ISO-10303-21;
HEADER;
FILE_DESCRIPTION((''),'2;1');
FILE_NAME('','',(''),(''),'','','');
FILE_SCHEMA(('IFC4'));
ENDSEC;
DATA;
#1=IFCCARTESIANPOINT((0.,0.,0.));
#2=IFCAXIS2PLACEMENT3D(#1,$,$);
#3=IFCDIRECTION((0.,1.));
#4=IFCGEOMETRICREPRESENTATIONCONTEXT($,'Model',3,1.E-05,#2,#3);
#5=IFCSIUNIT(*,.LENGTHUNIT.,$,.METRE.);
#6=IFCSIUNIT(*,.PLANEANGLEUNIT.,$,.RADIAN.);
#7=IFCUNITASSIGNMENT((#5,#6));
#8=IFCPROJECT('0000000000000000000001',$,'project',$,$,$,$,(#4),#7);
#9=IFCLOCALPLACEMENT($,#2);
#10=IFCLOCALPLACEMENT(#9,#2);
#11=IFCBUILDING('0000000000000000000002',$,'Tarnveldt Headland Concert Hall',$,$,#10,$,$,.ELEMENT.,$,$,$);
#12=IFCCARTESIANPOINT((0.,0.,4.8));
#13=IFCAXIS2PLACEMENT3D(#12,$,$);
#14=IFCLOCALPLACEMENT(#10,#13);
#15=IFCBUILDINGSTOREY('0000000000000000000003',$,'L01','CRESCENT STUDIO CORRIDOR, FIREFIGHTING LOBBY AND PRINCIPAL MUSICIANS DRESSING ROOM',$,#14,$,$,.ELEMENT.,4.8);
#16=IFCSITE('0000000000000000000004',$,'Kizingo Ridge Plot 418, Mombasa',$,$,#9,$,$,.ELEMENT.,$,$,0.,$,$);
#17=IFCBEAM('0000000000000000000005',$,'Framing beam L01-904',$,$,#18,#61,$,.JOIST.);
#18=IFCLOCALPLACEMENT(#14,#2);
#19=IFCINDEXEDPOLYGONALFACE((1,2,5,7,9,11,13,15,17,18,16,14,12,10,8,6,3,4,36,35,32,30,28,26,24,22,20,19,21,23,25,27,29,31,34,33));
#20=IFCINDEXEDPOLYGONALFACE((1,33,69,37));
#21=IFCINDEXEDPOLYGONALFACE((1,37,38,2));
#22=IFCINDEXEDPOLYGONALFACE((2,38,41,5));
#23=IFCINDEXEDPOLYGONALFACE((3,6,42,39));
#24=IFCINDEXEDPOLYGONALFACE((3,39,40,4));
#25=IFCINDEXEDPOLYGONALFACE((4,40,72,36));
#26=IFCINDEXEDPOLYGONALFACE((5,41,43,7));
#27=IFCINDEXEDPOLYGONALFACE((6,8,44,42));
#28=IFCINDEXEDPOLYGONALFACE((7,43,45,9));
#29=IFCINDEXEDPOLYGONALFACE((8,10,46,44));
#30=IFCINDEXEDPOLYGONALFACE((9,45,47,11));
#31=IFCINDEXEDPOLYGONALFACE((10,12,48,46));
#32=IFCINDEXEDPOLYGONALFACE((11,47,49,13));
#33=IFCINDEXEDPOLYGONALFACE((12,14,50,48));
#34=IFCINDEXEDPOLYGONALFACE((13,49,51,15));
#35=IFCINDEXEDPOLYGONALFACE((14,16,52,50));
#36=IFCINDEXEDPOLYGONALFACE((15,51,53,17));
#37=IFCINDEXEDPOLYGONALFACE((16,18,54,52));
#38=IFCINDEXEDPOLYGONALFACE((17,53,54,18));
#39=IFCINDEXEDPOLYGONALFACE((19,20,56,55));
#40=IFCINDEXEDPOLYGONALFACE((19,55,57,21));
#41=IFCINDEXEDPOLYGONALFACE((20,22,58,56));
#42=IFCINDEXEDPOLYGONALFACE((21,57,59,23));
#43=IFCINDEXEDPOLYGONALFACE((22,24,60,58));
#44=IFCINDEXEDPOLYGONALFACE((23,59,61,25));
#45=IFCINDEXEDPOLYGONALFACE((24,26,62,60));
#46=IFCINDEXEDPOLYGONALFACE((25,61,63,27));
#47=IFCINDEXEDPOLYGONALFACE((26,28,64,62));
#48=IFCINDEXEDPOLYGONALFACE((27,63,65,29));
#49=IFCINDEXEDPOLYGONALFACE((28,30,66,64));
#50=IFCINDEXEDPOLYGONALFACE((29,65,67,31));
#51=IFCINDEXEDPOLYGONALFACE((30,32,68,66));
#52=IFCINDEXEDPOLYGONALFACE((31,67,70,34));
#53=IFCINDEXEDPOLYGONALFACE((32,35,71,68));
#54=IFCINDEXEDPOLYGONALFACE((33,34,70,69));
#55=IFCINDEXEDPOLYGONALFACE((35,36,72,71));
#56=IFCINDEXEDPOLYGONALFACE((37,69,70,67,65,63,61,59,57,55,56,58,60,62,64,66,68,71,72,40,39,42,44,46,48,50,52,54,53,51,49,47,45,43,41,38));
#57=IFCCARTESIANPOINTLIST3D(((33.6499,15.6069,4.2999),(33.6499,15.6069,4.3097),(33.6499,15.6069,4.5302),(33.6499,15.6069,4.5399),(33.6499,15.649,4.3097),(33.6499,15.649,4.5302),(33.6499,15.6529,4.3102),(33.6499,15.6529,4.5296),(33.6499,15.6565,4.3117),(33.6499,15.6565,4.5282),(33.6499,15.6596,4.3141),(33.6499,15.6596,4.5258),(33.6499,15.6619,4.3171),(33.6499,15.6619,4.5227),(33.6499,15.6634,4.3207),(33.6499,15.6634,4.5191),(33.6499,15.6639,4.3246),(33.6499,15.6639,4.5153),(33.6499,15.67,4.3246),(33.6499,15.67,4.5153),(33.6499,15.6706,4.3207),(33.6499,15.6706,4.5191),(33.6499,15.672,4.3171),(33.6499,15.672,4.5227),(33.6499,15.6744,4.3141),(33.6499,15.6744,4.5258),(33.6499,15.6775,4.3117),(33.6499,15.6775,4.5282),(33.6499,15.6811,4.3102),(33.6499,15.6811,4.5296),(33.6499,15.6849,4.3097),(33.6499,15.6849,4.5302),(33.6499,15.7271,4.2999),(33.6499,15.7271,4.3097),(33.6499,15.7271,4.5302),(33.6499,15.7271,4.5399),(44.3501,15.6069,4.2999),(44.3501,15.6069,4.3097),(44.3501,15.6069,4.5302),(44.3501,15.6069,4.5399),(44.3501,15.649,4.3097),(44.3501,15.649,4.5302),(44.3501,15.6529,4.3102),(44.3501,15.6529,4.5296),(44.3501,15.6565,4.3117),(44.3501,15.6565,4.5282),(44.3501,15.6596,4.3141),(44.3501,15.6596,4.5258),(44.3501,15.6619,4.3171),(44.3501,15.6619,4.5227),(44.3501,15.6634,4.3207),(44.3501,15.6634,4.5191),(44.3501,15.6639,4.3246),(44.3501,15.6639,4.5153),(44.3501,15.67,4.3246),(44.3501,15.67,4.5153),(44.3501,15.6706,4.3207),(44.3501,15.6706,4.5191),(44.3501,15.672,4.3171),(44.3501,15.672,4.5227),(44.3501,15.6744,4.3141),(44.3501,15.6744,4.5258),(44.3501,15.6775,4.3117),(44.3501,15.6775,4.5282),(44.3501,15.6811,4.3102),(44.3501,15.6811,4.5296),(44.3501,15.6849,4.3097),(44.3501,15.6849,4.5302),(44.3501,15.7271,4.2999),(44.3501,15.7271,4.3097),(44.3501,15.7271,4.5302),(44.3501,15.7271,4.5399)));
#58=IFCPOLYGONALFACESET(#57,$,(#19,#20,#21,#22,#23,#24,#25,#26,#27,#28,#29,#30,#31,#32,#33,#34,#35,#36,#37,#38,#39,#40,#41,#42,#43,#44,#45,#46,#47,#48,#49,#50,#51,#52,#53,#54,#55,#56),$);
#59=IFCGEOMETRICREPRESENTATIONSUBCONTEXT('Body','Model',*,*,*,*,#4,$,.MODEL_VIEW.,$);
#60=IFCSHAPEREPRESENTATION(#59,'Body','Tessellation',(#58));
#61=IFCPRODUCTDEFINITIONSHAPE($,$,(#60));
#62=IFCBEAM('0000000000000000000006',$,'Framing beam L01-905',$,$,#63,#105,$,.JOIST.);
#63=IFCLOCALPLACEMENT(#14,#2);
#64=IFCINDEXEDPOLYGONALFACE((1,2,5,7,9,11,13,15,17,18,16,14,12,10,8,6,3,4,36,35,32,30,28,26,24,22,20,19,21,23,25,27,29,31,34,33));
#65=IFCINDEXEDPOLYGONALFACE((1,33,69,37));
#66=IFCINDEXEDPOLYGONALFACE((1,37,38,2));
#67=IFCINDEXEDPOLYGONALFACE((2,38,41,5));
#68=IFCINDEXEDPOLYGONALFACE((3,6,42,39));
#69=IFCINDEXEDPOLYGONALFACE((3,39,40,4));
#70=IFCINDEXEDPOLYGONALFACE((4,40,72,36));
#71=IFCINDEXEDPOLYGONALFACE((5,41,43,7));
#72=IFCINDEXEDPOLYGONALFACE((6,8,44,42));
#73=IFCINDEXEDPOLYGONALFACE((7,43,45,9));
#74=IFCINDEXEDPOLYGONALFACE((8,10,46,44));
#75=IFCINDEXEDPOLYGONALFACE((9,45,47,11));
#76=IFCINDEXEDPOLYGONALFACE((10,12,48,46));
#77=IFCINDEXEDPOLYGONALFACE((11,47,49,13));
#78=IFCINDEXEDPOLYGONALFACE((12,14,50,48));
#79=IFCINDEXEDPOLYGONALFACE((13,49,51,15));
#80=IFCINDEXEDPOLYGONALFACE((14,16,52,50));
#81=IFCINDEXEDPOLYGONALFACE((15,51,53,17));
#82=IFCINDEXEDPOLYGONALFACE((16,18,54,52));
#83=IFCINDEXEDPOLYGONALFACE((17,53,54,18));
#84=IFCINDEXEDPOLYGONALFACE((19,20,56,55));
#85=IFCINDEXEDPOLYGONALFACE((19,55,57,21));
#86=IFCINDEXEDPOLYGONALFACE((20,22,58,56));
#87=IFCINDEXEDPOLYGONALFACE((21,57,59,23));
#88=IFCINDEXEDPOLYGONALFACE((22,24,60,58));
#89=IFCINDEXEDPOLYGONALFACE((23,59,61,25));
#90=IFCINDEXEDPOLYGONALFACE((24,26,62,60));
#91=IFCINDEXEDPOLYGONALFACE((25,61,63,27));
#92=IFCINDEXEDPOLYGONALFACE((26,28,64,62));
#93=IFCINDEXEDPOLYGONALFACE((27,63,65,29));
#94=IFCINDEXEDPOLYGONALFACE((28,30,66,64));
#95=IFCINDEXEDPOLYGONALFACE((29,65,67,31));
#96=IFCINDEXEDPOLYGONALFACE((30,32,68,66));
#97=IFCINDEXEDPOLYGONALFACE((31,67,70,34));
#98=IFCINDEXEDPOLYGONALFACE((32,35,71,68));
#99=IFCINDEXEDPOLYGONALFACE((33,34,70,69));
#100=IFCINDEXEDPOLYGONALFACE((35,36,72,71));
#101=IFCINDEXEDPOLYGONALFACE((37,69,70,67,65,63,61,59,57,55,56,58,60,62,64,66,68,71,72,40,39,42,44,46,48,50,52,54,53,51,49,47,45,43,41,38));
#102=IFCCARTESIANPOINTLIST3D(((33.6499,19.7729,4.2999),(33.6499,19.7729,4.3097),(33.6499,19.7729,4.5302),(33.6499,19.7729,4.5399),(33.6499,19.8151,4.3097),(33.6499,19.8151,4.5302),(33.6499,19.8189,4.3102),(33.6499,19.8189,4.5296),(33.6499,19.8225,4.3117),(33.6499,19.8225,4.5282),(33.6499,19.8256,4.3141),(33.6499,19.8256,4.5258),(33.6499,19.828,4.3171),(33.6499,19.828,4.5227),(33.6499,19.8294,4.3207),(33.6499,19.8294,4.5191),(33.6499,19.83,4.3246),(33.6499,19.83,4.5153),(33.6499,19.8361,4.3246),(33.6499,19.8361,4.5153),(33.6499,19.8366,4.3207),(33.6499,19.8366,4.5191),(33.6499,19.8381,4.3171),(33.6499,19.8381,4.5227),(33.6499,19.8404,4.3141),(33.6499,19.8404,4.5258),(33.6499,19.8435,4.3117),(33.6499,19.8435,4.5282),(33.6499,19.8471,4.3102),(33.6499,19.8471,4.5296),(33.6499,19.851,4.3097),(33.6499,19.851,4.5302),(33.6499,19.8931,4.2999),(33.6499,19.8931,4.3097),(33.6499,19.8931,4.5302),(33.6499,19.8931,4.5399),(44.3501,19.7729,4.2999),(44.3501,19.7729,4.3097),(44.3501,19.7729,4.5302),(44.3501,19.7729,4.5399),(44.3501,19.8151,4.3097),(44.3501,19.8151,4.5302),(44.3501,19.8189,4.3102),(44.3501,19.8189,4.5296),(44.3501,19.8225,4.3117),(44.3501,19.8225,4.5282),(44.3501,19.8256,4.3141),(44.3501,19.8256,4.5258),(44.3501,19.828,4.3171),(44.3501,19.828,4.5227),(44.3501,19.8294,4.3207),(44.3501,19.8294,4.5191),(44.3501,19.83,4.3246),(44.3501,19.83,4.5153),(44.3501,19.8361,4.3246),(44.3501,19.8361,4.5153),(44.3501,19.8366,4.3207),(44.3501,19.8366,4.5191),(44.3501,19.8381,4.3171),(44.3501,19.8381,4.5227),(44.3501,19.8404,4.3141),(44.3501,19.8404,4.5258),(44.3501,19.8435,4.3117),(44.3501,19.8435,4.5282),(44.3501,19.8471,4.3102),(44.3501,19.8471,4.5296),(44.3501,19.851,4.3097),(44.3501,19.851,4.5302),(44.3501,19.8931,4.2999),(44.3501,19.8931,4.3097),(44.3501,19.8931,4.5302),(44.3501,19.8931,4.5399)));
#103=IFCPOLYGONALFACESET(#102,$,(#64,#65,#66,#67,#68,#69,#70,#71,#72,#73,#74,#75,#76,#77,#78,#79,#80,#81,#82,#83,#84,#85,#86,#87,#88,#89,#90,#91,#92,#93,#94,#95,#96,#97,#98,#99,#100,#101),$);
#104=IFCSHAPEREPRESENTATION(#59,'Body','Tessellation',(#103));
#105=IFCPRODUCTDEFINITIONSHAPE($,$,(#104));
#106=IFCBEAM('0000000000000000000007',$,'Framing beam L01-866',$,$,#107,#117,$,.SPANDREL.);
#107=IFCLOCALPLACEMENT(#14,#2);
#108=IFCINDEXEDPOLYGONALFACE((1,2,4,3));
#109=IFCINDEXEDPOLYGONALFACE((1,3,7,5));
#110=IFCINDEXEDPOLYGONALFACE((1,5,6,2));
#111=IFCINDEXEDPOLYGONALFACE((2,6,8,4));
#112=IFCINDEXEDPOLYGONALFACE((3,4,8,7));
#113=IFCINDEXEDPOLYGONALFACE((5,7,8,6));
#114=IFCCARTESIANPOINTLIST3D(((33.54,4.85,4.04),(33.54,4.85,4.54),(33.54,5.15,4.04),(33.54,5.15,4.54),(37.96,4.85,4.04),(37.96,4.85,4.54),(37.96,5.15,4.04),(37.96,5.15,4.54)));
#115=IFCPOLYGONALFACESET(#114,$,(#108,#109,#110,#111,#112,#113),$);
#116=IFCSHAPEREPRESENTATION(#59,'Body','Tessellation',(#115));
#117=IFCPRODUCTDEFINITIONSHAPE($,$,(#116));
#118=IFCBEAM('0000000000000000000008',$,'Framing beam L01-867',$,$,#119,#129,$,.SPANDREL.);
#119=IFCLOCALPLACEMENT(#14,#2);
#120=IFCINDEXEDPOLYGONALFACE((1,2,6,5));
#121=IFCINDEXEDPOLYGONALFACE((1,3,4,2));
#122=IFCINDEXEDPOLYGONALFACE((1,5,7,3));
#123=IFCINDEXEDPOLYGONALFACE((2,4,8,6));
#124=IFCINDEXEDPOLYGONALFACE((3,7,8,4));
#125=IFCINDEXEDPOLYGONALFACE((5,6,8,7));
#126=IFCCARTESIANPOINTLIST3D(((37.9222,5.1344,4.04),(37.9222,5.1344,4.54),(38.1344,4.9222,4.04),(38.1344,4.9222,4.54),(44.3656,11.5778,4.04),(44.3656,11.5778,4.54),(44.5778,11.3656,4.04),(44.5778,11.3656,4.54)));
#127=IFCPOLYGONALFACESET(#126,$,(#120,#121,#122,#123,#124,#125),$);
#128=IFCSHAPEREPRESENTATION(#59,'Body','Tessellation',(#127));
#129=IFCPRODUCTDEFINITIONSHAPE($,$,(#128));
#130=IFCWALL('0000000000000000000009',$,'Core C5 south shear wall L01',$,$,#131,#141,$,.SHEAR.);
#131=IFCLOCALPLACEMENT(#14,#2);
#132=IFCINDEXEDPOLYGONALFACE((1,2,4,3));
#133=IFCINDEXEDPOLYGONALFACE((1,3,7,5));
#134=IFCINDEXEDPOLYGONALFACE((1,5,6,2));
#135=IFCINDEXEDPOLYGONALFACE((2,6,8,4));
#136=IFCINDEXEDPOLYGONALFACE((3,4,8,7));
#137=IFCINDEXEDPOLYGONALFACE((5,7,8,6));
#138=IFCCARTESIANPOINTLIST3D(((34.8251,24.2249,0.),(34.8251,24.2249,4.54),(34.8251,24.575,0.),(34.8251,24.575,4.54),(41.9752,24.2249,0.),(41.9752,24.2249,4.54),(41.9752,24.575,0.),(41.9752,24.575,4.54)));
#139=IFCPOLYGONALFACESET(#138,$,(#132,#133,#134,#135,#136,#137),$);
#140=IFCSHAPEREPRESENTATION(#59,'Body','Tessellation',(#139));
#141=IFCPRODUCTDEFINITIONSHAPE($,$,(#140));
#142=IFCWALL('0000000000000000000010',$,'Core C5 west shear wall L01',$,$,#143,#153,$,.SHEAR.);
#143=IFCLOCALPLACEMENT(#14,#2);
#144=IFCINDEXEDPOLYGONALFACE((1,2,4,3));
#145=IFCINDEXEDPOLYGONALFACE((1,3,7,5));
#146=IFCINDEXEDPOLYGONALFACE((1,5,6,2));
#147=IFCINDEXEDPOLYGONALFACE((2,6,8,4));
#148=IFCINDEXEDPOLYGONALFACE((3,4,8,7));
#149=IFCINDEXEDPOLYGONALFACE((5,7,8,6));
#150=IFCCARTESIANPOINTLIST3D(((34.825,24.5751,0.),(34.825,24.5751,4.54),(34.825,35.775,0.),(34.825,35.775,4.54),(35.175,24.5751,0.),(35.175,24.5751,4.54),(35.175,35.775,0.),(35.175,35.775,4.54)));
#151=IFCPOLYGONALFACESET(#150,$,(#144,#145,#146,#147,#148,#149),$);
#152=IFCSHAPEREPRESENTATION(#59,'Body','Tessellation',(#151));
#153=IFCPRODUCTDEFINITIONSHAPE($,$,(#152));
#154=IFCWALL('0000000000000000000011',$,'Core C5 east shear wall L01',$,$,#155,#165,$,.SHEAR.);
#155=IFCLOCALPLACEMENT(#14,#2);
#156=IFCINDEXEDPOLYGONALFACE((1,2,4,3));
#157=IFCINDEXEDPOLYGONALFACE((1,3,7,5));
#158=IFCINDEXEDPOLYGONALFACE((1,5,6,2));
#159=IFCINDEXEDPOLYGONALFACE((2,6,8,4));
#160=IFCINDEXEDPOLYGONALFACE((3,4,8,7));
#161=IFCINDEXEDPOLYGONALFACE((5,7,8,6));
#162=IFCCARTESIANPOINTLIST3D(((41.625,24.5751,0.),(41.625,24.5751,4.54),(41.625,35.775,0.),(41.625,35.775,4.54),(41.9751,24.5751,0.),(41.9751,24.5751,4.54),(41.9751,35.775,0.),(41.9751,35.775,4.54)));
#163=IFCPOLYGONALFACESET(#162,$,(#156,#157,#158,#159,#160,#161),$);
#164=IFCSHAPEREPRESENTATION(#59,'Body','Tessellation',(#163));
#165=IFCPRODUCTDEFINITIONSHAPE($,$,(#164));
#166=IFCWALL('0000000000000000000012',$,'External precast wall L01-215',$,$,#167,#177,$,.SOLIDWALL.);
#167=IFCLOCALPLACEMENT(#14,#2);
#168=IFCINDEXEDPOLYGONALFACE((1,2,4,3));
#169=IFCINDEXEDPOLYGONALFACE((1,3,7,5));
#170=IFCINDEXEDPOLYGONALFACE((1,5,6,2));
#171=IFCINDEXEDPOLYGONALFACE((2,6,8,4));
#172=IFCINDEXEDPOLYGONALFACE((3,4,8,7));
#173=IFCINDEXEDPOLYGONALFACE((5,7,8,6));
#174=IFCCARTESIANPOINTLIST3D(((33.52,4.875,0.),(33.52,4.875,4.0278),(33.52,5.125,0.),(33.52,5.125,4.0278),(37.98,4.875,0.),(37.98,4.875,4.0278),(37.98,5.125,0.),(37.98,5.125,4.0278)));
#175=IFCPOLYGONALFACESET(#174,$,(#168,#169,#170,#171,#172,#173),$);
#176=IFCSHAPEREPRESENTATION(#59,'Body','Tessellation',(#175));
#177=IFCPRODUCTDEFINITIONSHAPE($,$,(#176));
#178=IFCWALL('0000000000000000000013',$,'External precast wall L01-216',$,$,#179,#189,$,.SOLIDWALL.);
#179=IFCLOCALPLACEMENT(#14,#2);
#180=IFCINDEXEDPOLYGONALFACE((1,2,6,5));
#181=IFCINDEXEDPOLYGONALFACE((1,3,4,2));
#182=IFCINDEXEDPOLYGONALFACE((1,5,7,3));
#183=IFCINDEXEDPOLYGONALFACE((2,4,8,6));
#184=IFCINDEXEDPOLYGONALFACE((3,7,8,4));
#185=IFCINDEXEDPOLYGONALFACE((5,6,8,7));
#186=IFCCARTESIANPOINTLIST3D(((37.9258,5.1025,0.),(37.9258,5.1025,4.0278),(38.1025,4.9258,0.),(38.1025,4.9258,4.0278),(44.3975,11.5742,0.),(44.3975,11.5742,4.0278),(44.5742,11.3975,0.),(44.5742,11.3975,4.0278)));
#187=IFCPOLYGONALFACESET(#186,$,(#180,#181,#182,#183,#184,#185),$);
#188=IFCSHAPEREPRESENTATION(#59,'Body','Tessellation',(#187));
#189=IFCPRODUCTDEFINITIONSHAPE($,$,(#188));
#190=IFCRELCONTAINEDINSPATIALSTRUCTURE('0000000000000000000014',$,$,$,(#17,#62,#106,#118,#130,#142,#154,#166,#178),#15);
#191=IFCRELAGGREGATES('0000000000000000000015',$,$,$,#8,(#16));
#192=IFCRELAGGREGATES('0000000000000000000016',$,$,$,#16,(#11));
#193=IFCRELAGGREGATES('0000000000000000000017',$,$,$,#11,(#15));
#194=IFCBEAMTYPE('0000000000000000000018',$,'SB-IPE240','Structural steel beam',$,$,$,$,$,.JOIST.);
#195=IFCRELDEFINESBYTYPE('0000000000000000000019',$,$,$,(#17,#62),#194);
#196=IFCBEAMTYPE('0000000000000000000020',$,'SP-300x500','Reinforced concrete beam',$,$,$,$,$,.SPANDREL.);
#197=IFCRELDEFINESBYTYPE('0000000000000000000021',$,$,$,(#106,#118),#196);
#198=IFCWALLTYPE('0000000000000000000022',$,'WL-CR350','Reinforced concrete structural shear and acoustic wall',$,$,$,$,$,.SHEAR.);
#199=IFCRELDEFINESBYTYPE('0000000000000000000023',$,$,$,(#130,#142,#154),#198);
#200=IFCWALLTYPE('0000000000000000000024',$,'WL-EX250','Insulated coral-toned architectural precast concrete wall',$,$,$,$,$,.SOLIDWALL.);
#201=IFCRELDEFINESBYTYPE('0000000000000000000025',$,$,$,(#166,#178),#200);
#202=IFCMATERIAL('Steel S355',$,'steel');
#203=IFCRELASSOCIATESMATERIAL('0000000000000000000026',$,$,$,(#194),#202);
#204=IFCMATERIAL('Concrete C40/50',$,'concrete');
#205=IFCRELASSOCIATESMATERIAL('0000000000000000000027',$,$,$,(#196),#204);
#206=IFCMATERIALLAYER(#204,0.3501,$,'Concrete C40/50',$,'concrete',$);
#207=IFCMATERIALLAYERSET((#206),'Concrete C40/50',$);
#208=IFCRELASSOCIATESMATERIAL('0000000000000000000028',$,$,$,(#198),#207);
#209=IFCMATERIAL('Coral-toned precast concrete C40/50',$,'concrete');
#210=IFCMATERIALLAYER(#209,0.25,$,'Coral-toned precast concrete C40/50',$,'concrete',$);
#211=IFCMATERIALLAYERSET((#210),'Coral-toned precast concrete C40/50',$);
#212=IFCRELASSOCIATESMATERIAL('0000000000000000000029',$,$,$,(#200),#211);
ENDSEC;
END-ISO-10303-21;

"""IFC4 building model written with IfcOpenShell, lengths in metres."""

from ifc_helpers import new_model, si_unit, direction, frame, frame_2d, origin, origin_2d, place, context, subcontext, project, spatial, rectangle, i_section, extrude, material, layer, layer_set, material_profile, profile_set, type_object, element, save


model = new_model("IFC4")

# Units and contexts
model_context = context("Model", 3, precision=1e-05, world=origin(), true_north=direction((0.0, 1.0)))
body_context = subcontext(model_context, "Body", "Model", "MODEL_VIEW")
ifc_project = project(units=[si_unit("LENGTHUNIT", "METRE"), si_unit("PLANEANGLEUNIT", "RADIAN")], contexts=[model_context])

# Site, building, storey
site_placement = place(None, origin())
site = spatial("IfcSite", under=ifc_project, at=site_placement, Name="Kizingo Ridge Plot 418, Mombasa", CompositionType="ELEMENT", RefElevation=0.0)
building_placement = place(site_placement, origin())
building = spatial("IfcBuilding", under=site, at=building_placement, Name="Tarnveldt Headland Concert Hall", CompositionType="ELEMENT")
storey_placement = place(building_placement, frame((0.0, 0.0, 4.8)))
storey = spatial("IfcBuildingStorey", under=building, at=storey_placement, Name="L01", Description="CRESCENT STUDIO CORRIDOR, FIREFIGHTING LOBBY AND PRINCIPAL MUSICIANS DRESSING ROOM", CompositionType="ELEMENT", Elevation=4.8)

# Shared definitions
ifc_material_1 = material(Name="Steel S355", Category="steel")

# Beams
ifc_material_profile_1 = material_profile(ifc_material_1, i_section(OverallWidth=0.1201, OverallDepth=0.24, WebThickness=0.0061, FlangeThickness=0.0098, FilletRadius=0.0149, at=origin_2d()), Name="IPE240", Category="steel")
ifc_profile_set_1 = profile_set([ifc_material_profile_1], Name="Steel S355")
beam_type_1 = type_object("IfcBeamType", Name="SB-IPE240", Description="Structural steel beam", PredefinedType="JOIST", material=ifc_profile_set_1)
for number, where, z_axis, x_axis, name in (
    (1, (33.6499, 15.667, 4.4199), (1.0, 0.0, 0.0), (0.0, 1.0, 0.0), "Framing beam L01-904"),
    (2, (33.6499, 19.833, 4.4199), (1.0, 0.0, 0.0), (0.0, 1.0, 0.0), "Framing beam L01-905"),
):
    element("IfcBeam", number, at=place(storey_placement, frame(where, z_axis=z_axis, x_axis=x_axis)), inside=storey, type_object=beam_type_1, Name=name, PredefinedType="JOIST", context=body_context, shape_type="SweptSolid", body=[
        extrude(i_section(OverallWidth=0.1201, OverallDepth=0.24, WebThickness=0.0061, FlangeThickness=0.0098, FilletRadius=0.0149, at=origin_2d()), origin(), (0.0, 0.0, 1.0), 10.7002),
    ])
ifc_material_2 = material(Name="Concrete C40/50", Category="concrete")
ifc_material_profile_2 = material_profile(ifc_material_2, rectangle(XDim=0.3, YDim=0.5, at=origin_2d()), Name="RC SPANDREL 300x500", Category="concrete")
ifc_profile_set_2 = profile_set([ifc_material_profile_2], Name="Concrete C40/50")
beam_type_2 = type_object("IfcBeamType", Name="SP-300x500", Description="Reinforced concrete beam", PredefinedType="SPANDREL", material=ifc_profile_set_2)
beam_1_placement = place(storey_placement, frame((33.54, 5.0, 4.29), z_axis=(1.0, 0.0, 0.0), x_axis=(0.0, 1.0, 0.0)))
element("IfcBeam", 3, at=beam_1_placement, inside=storey, type_object=beam_type_2, Name="Framing beam L01-866", PredefinedType="SPANDREL", context=body_context, shape_type="SweptSolid", body=[
    extrude(rectangle(XDim=0.3, YDim=0.5, at=origin_2d()), origin(), (0.0, 0.0, 1.0), 4.4199),
])
beam_2_placement = place(storey_placement, frame((38.0283, 5.0283, 4.29), z_axis=(0.707107, 0.707107, 0.0), x_axis=(-0.707107, 0.707107, 0.0)))
element("IfcBeam", 4, at=beam_2_placement, inside=storey, type_object=beam_type_2, Name="Framing beam L01-867", PredefinedType="SPANDREL", context=body_context, shape_type="SweptSolid", body=[
    extrude(rectangle(XDim=0.3, YDim=0.5, at=origin_2d()), origin(), (0.0, 0.0, 1.0), 9.1123),
])

# Walls
ifc_layer_1 = layer(ifc_material_2, 0.3501, Name="Concrete C40/50", Category="concrete")
ifc_layer_set_1 = layer_set([ifc_layer_1], Name="Concrete C40/50")
wall_type_1 = type_object("IfcWallType", Name="WL-CR350", Description="Reinforced concrete structural shear and acoustic wall", PredefinedType="SHEAR", material=ifc_layer_set_1)
wall_1_placement = place(storey_placement, frame((34.825, 24.3999, 0.0), z_axis=(0.0, 0.0, 1.0), x_axis=(1.0, 0.0, 0.0)))
element("IfcWall", 5, at=wall_1_placement, inside=storey, type_object=wall_type_1, Name="Core C5 south shear wall L01", PredefinedType="SHEAR", context=body_context, shape_type="SweptSolid", body=[
    extrude(rectangle(XDim=7.1501, YDim=0.3501, at=frame_2d((3.5752, 0.0))), origin(), (0.0, 0.0, 1.0), 4.54),
])
for number, where, z_axis, x_axis, name in (
    (6, (35.0, 24.575, 0.0), (0.0, 0.0, 1.0), (0.0, 1.0, 0.0), "Core C5 west shear wall L01"),
    (7, (41.8, 24.575, 0.0), (0.0, 0.0, 1.0), (0.0, 1.0, 0.0), "Core C5 east shear wall L01"),
):
    element("IfcWall", number, at=place(storey_placement, frame(where, z_axis=z_axis, x_axis=x_axis)), inside=storey, type_object=wall_type_1, Name=name, PredefinedType="SHEAR", context=body_context, shape_type="SweptSolid", body=[
        extrude(rectangle(XDim=11.2, YDim=0.3501, at=frame_2d((5.6001, 0.0))), origin(), (0.0, 0.0, 1.0), 4.54),
    ])
ifc_material_3 = material(Name="Coral-toned precast concrete C40/50", Category="concrete")
ifc_layer_2 = layer(ifc_material_3, 0.25, Name="Coral-toned precast concrete C40/50", Category="concrete")
ifc_layer_set_2 = layer_set([ifc_layer_2], Name="Coral-toned precast concrete C40/50")
wall_type_2 = type_object("IfcWallType", Name="WL-EX250", Description="Insulated coral-toned architectural precast concrete wall", PredefinedType="SOLIDWALL", material=ifc_layer_set_2)
wall_2_placement = place(storey_placement, frame((37.98, 5.0, 0.0), z_axis=(0.0, 0.0, 1.0), x_axis=(-1.0, 0.0, 0.0)))
element("IfcWall", 8, at=wall_2_placement, inside=storey, type_object=wall_type_2, Name="External precast wall L01-215", PredefinedType="SOLIDWALL", context=body_context, shape_type="SweptSolid", body=[
    extrude(rectangle(XDim=4.46, YDim=0.25, at=frame_2d((2.23, 0.0))), origin(), (0.0, 0.0, 1.0), 4.0278),
])
wall_3_placement = place(storey_placement, frame((44.4858, 11.4858, 0.0), z_axis=(0.0, 0.0, 1.0), x_axis=(-0.707107, -0.707107, 0.0)))
element("IfcWall", 9, at=wall_3_placement, inside=storey, type_object=wall_type_2, Name="External precast wall L01-216", PredefinedType="SOLIDWALL", context=body_context, shape_type="SweptSolid", body=[
    extrude(rectangle(XDim=9.1523, YDim=0.25, at=frame_2d((4.5762, 0.0))), origin(), (0.0, 0.0, 1.0), 4.0278),
])

save(model, "model.ifc")
